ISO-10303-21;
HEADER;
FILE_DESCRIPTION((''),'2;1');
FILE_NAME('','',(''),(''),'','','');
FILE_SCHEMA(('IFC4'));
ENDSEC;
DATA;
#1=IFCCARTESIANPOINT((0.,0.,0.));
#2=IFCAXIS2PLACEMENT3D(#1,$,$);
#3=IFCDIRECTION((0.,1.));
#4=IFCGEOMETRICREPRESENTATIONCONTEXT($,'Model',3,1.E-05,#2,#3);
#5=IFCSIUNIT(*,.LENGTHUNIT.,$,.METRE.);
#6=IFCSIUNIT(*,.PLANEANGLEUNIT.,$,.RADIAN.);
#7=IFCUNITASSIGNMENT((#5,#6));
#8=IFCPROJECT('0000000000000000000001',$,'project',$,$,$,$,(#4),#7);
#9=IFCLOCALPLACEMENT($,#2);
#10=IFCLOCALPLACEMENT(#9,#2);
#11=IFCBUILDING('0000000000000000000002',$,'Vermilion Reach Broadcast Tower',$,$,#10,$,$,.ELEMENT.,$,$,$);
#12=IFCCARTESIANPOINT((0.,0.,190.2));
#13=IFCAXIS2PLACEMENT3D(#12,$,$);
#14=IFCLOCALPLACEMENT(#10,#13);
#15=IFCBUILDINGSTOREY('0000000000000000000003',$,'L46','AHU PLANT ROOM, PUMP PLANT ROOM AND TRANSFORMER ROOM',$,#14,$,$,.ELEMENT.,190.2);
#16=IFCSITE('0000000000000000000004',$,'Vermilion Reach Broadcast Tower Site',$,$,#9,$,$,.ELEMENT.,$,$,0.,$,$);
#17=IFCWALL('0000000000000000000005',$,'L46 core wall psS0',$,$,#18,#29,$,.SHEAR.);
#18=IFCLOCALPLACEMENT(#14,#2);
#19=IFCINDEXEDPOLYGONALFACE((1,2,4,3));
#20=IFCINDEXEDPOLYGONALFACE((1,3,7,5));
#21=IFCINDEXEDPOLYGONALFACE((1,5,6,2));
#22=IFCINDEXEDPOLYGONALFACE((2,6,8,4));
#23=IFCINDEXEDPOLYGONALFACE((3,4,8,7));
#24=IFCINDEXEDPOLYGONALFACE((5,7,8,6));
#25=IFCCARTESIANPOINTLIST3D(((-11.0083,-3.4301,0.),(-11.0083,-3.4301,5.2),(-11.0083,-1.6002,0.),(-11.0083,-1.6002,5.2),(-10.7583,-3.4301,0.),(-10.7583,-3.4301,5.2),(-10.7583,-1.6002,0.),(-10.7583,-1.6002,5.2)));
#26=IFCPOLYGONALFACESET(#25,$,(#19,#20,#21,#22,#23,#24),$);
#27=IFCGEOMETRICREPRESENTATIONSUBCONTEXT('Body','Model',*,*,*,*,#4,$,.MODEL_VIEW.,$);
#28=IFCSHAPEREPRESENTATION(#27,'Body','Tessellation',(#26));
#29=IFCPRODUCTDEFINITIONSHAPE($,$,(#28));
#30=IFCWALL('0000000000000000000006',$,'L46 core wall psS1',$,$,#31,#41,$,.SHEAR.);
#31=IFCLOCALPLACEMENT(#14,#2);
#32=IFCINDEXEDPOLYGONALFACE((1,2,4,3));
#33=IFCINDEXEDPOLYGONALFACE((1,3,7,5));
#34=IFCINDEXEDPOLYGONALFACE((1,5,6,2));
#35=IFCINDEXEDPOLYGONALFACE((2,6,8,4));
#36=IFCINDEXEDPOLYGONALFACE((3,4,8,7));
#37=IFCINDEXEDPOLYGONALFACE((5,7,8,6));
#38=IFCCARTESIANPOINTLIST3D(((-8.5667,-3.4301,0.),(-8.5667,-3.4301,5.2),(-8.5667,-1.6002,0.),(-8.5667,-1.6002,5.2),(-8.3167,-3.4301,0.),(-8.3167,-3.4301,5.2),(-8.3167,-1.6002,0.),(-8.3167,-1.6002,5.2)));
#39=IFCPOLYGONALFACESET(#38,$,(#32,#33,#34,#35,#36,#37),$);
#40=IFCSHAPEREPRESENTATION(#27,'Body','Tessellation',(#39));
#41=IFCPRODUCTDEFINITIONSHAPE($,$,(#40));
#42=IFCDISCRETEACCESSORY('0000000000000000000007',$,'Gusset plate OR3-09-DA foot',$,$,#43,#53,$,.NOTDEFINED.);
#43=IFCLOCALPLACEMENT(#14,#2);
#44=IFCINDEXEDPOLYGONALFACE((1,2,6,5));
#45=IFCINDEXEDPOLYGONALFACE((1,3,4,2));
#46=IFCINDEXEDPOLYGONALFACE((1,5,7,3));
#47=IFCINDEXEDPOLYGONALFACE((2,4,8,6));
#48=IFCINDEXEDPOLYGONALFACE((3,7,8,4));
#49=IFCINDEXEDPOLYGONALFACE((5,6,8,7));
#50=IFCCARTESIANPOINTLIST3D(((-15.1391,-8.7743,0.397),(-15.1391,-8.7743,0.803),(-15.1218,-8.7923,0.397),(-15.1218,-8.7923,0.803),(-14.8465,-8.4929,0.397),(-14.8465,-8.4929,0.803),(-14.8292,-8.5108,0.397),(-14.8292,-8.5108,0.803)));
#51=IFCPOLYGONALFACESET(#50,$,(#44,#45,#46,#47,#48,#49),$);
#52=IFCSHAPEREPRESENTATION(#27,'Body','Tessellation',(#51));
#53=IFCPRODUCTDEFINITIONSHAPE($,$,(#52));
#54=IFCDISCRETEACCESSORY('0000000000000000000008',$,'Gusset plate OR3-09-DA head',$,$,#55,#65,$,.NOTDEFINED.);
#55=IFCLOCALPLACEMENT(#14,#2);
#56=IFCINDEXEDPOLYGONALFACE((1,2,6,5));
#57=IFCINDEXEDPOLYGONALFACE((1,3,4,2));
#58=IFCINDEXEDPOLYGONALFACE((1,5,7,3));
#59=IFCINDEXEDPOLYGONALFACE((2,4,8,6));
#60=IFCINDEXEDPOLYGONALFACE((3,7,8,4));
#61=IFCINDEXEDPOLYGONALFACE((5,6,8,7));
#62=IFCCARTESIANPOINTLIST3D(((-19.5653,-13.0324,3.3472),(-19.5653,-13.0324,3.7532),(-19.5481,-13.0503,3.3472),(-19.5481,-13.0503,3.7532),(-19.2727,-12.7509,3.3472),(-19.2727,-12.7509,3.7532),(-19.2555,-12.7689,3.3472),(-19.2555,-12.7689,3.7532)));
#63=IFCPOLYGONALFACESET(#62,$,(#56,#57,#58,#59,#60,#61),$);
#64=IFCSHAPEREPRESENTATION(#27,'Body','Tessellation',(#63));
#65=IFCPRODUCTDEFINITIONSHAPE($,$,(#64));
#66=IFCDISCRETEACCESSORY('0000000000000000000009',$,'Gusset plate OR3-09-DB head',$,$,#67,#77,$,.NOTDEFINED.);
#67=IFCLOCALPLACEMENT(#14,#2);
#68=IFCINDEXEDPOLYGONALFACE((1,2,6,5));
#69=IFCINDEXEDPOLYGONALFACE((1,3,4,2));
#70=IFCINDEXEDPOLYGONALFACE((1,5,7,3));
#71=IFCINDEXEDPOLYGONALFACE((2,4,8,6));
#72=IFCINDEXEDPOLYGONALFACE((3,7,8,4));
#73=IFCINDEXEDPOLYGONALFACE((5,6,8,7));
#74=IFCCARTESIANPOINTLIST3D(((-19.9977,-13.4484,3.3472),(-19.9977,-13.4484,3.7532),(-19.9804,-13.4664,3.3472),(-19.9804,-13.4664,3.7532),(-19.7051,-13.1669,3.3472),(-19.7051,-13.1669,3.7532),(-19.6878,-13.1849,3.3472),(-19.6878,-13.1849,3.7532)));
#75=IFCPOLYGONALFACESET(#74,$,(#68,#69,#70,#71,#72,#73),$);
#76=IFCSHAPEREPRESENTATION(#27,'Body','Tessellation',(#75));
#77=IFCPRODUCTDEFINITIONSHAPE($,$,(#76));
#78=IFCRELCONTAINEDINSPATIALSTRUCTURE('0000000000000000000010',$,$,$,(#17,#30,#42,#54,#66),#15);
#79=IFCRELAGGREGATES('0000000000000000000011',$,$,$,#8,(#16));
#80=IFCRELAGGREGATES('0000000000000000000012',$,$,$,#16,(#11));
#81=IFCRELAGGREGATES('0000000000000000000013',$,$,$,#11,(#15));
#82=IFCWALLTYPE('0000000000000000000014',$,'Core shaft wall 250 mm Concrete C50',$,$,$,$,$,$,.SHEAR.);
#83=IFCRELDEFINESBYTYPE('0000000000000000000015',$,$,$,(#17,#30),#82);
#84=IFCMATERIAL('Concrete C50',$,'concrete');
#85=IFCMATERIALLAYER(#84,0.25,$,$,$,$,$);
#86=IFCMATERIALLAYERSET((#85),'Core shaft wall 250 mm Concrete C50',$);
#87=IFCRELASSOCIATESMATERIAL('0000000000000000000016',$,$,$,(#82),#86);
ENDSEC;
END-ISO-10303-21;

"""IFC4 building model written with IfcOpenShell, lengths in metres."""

from ifc_helpers import new_model, si_unit, direction, frame, frame_2d, origin, origin_2d, place, context, subcontext, project, spatial, rectangle, extrude, material, layer, layer_set, type_object, element, save


model = new_model("IFC4")

# Units and contexts
model_context = context("Model", 3, precision=1e-05, world=origin(), true_north=direction((0.0, 1.0)))
body_context = subcontext(model_context, "Body", "Model", "MODEL_VIEW")
ifc_project = project(units=[si_unit("LENGTHUNIT", "METRE"), si_unit("PLANEANGLEUNIT", "RADIAN")], contexts=[model_context])

# Site, building, storey
site_placement = place(None, origin())
site = spatial("IfcSite", under=ifc_project, at=site_placement, Name="Vermilion Reach Broadcast Tower Site", CompositionType="ELEMENT", RefElevation=0.0)
building_placement = place(site_placement, origin())
building = spatial("IfcBuilding", under=site, at=building_placement, Name="Vermilion Reach Broadcast Tower", CompositionType="ELEMENT")
storey_placement = place(building_placement, frame((0.0, 0.0, 190.2)))
storey = spatial("IfcBuildingStorey", under=building, at=storey_placement, Name="L46", Description="AHU PLANT ROOM, PUMP PLANT ROOM AND TRANSFORMER ROOM", CompositionType="ELEMENT", Elevation=190.2)

# Walls
ifc_material_1 = material(Name="Concrete C50", Category="concrete")
ifc_layer_1 = layer(ifc_material_1, 0.25)
ifc_layer_set_1 = layer_set([ifc_layer_1], Name="Core shaft wall 250 mm Concrete C50")
wall_type_1 = type_object("IfcWallType", Name="Core shaft wall 250 mm Concrete C50", PredefinedType="SHEAR", material=ifc_layer_set_1)
for number, where, z_axis, x_axis, name in (
    (1, (-10.8833, -1.6001, 0.0), (0.0, 0.0, 1.0), (0.0, -1.0, 0.0), "L46 core wall psS0"),
    (2, (-8.4417, -1.6001, 0.0), (0.0, 0.0, 1.0), (0.0, -1.0, 0.0), "L46 core wall psS1"),
):
    element("IfcWall", number, at=place(storey_placement, frame(where, z_axis=z_axis, x_axis=x_axis)), inside=storey, type_object=wall_type_1, Name=name, PredefinedType="SHEAR", context=body_context, shape_type="SweptSolid", body=[
        extrude(rectangle(XDim=1.8298, YDim=0.25, at=frame_2d((0.915, 0.0))), origin(), (0.0, 0.0, 1.0), 5.2),
    ])

# Discrete accessories
for number, where, z_axis, x_axis, name in (
    (3, (-14.9841, -8.6426, 0.397), (0.0, 0.0, 1.0), (0.693276, -0.720672, 0.0), "Gusset plate OR3-09-DA foot"),
    (4, (-19.4104, -12.9006, 3.3472), (0.0, 0.0, 1.0), (0.693276, -0.720672, 0.0), "Gusset plate OR3-09-DA head"),
    (5, (-19.8428, -13.3167, 3.3472), (0.0, 0.0, 1.0), (0.693276, -0.720672, 0.0), "Gusset plate OR3-09-DB head"),
):
    element("IfcDiscreteAccessory", number, at=place(storey_placement, frame(where, z_axis=z_axis, x_axis=x_axis)), inside=storey, Name=name, PredefinedType="NOTDEFINED", context=body_context, shape_type="SweptSolid", body=[
        extrude(rectangle(XDim=0.0249, YDim=0.406, at=origin_2d()), origin(), (0.0, 0.0, 1.0), 0.406),
    ])

save(model, "model.ifc")
